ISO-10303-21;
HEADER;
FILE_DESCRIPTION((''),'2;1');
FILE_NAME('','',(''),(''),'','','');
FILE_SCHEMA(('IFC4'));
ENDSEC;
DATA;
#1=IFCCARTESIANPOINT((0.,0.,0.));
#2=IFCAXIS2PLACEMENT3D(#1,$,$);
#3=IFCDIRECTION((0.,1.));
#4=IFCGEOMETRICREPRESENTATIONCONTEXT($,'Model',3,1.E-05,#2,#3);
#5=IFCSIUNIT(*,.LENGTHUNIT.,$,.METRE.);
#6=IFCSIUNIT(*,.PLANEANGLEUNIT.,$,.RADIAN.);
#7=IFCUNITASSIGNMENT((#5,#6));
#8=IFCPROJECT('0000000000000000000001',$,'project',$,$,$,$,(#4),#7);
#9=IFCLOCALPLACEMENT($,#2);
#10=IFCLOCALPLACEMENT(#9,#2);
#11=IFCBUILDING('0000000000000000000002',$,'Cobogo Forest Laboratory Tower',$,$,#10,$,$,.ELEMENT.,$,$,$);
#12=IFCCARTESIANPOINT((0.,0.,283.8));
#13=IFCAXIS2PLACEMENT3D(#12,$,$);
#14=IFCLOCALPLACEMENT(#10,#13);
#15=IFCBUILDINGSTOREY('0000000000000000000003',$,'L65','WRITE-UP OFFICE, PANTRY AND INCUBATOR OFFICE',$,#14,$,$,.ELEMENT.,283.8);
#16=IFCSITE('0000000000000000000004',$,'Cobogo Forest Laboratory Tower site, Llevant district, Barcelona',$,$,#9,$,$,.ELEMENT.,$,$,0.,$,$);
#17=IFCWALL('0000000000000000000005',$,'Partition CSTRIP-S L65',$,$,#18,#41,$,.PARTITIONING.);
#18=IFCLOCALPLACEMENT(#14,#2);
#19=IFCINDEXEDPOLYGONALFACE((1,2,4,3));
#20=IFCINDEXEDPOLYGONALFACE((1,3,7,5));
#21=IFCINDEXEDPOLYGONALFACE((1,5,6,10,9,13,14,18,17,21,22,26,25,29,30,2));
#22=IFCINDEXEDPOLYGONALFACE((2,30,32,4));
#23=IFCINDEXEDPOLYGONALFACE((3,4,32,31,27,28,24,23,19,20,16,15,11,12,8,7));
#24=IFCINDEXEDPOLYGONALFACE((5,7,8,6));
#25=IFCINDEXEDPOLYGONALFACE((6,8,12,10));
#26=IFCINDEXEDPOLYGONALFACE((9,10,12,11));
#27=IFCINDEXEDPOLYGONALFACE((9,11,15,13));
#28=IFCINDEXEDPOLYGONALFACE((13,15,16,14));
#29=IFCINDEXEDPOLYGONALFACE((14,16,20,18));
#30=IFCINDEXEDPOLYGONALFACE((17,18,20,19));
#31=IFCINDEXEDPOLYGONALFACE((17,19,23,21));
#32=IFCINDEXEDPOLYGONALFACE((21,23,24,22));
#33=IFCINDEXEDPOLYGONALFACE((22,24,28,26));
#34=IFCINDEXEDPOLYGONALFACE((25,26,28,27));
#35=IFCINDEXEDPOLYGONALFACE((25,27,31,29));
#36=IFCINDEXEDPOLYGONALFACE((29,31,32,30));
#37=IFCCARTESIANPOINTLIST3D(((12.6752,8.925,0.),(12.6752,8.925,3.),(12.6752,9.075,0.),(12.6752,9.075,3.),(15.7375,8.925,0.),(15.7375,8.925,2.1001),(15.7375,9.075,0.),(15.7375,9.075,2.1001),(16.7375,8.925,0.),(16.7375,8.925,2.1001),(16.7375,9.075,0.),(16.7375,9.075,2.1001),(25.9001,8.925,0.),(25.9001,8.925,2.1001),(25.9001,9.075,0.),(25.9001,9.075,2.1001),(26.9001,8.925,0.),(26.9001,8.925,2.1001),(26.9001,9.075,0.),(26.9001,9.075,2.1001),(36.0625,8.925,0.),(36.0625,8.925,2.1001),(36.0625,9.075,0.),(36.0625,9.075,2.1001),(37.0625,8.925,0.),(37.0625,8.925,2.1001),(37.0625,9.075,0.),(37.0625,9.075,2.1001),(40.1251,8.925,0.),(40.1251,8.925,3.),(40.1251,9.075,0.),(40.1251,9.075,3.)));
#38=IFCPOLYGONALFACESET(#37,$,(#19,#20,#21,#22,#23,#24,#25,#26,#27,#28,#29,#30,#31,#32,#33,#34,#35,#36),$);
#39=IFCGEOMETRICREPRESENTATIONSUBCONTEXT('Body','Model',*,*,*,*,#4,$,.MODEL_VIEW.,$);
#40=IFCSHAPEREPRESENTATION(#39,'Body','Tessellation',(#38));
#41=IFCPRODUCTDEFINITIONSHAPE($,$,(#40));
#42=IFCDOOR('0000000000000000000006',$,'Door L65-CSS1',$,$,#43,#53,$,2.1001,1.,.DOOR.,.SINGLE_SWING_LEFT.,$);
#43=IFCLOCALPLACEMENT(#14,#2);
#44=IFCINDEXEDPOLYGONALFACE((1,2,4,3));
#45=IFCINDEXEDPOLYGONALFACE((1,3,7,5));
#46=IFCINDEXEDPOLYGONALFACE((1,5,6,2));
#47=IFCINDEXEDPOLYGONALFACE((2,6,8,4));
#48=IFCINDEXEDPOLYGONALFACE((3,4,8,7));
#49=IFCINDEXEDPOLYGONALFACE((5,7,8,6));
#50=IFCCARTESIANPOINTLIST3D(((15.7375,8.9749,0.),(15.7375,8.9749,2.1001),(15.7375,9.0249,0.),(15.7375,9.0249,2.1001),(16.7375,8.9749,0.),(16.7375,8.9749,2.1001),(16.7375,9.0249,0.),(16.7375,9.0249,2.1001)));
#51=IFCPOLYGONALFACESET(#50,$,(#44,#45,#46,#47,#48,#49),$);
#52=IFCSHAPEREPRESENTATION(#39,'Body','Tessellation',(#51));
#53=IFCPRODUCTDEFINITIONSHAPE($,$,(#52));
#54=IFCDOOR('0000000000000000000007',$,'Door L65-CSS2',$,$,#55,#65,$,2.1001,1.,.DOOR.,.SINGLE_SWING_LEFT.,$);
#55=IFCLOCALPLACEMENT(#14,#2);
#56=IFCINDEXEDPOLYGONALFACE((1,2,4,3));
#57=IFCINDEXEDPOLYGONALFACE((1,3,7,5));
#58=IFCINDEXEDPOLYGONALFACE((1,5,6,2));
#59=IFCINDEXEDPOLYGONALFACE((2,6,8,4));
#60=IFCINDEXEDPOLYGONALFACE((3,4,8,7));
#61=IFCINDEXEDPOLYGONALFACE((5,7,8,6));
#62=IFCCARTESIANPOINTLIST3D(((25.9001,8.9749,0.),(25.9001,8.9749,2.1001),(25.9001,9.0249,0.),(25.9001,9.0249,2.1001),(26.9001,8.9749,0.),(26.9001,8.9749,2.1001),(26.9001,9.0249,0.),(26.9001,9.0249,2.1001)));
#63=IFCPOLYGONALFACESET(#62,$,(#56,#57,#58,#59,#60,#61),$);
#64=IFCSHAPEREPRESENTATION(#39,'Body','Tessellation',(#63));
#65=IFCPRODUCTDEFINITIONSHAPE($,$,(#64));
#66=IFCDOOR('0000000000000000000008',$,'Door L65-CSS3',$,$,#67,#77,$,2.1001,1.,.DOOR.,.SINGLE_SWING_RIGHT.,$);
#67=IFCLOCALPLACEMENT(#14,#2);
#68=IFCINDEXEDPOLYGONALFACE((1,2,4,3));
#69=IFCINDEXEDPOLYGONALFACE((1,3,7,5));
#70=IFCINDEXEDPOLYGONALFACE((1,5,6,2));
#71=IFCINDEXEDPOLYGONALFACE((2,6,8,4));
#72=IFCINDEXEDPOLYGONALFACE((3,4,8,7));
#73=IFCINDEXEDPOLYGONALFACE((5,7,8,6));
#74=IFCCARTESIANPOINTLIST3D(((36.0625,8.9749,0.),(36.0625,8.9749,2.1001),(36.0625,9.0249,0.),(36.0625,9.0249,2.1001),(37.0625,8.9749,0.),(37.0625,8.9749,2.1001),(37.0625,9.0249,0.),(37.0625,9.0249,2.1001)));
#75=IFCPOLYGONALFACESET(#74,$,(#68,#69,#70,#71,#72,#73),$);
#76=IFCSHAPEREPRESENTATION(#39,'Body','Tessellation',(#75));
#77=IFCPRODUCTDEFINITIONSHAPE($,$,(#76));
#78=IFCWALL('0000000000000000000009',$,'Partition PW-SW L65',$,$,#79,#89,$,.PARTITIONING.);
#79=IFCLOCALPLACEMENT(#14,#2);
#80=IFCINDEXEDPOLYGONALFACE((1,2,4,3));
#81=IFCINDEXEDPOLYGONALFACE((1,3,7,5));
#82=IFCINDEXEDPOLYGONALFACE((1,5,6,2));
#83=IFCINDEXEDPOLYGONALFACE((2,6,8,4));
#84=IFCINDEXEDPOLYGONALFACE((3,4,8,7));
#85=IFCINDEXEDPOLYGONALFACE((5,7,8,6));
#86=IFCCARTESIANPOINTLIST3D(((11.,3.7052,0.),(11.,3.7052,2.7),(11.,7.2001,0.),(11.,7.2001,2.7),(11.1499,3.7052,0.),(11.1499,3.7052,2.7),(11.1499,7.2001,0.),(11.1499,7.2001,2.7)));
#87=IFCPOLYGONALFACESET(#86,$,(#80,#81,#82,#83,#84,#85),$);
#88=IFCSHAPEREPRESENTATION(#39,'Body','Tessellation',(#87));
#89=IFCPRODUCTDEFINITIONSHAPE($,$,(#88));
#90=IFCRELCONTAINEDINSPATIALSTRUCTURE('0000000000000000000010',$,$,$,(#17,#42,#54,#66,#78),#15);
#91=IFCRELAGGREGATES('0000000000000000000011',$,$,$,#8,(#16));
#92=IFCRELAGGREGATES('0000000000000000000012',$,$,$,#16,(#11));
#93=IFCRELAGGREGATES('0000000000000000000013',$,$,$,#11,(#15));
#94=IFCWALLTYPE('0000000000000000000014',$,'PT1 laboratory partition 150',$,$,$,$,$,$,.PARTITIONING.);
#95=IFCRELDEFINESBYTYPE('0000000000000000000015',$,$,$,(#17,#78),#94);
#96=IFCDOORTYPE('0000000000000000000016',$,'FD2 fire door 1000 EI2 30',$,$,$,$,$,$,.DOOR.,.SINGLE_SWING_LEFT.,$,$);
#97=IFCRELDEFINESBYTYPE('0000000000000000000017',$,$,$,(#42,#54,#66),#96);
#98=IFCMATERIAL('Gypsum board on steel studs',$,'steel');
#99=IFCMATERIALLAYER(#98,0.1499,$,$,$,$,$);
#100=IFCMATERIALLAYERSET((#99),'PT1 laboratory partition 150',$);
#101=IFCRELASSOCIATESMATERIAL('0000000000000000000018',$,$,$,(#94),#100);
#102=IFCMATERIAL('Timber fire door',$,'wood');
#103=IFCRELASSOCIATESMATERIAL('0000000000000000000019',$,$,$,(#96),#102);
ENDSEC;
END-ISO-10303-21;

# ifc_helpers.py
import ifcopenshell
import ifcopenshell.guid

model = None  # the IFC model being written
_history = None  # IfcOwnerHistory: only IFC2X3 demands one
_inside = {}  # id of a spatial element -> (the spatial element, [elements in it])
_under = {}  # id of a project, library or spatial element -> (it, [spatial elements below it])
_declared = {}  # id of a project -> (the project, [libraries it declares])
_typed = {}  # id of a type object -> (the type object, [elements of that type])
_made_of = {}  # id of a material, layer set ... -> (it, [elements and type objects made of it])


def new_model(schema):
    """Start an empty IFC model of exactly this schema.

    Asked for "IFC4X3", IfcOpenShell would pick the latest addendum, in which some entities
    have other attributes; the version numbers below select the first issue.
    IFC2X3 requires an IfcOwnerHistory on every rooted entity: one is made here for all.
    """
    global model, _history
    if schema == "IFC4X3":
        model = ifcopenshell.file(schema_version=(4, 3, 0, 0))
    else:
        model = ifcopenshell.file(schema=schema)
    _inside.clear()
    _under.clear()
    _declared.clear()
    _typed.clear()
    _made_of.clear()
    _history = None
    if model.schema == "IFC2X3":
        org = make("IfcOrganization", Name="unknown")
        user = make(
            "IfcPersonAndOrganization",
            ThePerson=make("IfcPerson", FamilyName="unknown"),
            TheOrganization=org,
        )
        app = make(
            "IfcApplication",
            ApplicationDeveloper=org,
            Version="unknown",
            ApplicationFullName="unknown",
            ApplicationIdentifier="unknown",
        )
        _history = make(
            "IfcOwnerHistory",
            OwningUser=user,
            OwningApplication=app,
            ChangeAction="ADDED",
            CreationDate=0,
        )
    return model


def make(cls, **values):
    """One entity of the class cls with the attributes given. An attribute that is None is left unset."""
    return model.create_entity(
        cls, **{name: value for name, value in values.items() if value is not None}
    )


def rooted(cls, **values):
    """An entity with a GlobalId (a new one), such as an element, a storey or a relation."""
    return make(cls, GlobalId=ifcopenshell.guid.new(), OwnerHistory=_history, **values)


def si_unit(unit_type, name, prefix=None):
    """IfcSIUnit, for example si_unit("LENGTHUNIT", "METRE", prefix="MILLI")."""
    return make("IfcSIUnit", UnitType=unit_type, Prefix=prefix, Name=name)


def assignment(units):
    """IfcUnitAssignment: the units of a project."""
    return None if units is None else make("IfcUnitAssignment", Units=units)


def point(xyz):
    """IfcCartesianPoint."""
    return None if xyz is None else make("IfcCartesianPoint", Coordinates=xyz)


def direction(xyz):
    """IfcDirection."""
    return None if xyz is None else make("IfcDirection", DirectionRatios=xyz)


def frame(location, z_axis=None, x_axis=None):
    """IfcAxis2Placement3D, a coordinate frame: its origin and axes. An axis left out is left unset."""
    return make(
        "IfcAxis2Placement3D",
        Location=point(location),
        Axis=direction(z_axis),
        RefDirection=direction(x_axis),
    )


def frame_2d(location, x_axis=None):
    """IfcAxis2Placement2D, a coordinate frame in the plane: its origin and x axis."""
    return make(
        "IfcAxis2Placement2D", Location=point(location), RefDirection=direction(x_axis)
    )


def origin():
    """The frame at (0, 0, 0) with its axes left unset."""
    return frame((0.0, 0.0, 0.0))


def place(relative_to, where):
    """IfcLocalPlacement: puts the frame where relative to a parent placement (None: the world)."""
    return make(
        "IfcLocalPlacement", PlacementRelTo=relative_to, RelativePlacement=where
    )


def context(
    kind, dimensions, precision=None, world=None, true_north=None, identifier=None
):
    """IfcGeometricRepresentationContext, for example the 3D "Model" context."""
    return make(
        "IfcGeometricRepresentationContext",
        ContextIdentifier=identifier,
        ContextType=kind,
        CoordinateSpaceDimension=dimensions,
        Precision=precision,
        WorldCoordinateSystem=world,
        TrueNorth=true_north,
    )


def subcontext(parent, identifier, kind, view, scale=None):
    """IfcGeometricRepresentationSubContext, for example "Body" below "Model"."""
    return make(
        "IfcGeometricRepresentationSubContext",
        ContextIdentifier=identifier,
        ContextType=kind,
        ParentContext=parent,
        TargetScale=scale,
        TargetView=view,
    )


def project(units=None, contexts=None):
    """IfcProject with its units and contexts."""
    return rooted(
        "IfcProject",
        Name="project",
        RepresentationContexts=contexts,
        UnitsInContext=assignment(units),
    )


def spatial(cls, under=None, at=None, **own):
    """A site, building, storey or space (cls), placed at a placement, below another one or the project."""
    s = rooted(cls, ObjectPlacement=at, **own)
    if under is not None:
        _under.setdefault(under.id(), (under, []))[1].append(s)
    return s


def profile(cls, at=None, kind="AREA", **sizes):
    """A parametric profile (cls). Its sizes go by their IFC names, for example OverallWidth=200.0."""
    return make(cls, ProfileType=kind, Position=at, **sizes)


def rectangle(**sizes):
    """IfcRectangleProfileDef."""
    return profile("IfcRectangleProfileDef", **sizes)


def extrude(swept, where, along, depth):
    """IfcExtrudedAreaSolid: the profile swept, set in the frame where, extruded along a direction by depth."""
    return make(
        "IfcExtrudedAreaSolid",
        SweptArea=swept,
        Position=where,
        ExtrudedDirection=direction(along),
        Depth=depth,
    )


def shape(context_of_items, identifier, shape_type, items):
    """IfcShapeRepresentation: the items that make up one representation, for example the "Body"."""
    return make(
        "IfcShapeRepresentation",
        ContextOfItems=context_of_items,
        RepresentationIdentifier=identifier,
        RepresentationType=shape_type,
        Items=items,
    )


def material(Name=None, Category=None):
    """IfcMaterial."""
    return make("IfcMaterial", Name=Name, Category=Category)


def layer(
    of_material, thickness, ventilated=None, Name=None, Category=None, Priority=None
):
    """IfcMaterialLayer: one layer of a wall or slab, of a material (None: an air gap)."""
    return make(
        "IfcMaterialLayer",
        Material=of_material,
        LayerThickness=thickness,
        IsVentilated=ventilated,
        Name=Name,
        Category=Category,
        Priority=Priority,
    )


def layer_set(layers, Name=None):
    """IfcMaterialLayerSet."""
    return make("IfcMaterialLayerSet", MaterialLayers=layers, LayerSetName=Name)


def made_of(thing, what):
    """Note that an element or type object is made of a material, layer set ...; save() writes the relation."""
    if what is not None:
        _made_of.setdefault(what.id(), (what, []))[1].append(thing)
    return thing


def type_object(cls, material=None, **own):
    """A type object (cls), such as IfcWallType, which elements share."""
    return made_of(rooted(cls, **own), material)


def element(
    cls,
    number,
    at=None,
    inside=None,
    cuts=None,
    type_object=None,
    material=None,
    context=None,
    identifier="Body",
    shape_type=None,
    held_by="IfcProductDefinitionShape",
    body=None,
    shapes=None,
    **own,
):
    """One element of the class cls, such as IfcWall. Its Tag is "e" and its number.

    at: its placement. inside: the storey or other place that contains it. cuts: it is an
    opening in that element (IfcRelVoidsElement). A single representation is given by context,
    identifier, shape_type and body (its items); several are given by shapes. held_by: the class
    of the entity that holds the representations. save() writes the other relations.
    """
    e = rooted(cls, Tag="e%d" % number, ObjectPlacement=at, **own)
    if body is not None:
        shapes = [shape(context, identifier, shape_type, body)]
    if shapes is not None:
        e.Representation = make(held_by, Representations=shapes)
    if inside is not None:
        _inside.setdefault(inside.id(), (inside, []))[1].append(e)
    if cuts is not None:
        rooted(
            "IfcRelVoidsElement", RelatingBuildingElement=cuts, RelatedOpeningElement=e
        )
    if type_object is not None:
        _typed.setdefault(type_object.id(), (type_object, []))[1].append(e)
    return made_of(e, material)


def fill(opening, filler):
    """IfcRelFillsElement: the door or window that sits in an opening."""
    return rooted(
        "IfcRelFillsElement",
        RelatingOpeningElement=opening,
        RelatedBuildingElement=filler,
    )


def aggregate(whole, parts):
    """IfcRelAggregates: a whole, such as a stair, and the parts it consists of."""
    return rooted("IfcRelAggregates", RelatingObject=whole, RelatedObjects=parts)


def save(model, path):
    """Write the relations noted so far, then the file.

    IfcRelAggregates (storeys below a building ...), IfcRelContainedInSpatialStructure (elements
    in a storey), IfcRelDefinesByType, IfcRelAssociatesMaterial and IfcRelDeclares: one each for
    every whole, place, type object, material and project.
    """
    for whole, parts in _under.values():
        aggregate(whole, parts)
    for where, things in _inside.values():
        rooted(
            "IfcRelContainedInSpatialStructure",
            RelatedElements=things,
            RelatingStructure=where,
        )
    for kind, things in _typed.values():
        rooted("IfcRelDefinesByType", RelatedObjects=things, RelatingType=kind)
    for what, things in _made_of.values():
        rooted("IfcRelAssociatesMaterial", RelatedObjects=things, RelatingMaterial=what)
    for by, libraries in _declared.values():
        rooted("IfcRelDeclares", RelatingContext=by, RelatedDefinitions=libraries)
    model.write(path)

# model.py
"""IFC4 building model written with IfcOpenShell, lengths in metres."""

from ifc_helpers import new_model, si_unit, direction, frame, frame_2d, origin, place, context, subcontext, project, spatial, rectangle, extrude, material, layer, layer_set, type_object, element, fill, save


model = new_model("IFC4")

# Units and contexts
model_context = context("Model", 3, precision=1e-05, world=origin(), true_north=direction((0.0, 1.0)))
body_context = subcontext(model_context, "Body", "Model", "MODEL_VIEW")
ifc_project = project(units=[si_unit("LENGTHUNIT", "METRE"), si_unit("PLANEANGLEUNIT", "RADIAN")], contexts=[model_context])

# Site, building, storey
site_placement = place(None, origin())
site = spatial("IfcSite", under=ifc_project, at=site_placement, Name="Cobogo Forest Laboratory Tower site, Llevant district, Barcelona", CompositionType="ELEMENT", RefElevation=0.0)
building_placement = place(site_placement, origin())
building = spatial("IfcBuilding", under=site, at=building_placement, Name="Cobogo Forest Laboratory Tower", CompositionType="ELEMENT")
storey_placement = place(building_placement, frame((0.0, 0.0, 283.8)))
storey = spatial("IfcBuildingStorey", under=building, at=storey_placement, Name="L65", Description="WRITE-UP OFFICE, PANTRY AND INCUBATOR OFFICE", CompositionType="ELEMENT", Elevation=283.8)

# Wall, openings, doors
ifc_material_1 = material(Name="Gypsum board on steel studs", Category="steel")
ifc_layer_1 = layer(ifc_material_1, 0.1499)
ifc_layer_set_1 = layer_set([ifc_layer_1], Name="PT1 laboratory partition 150")
wall_type_1 = type_object("IfcWallType", Name="PT1 laboratory partition 150", PredefinedType="PARTITIONING", material=ifc_layer_set_1)
wall_1_placement = place(storey_placement, frame((12.675, 9.0, 0.0), z_axis=(0.0, 0.0, 1.0), x_axis=(1.0, 0.0, 0.0)))
wall_1 = element("IfcWall", 1, at=wall_1_placement, inside=storey, type_object=wall_type_1, Name="Partition CSTRIP-S L65", PredefinedType="PARTITIONING", context=body_context, shape_type="SweptSolid", body=[
    extrude(rectangle(XDim=27.45, YDim=0.1499, at=frame_2d((13.7251, 0.0))), origin(), (0.0, 0.0, 1.0), 3.0),
])
opening_1_placement = place(wall_1_placement, frame((3.0625, 0.0, 0.0)))
opening_1 = element("IfcOpeningElement", 2, at=opening_1_placement, cuts=wall_1, PredefinedType="OPENING", context=body_context, shape_type="SweptSolid", body=[
    extrude(rectangle(XDim=1.0, YDim=2.1001, at=frame_2d((0.5, 1.05))), frame((0.0, 0.085, 0.0), z_axis=(0.0, -1.0, 0.0), x_axis=(1.0, 0.0, 0.0)), (0.0, 0.0, 1.0), 0.1699),
])
opening_2_placement = place(wall_1_placement, frame((13.2251, 0.0, 0.0)))
opening_2 = element("IfcOpeningElement", 3, at=opening_2_placement, cuts=wall_1, PredefinedType="OPENING", context=body_context, shape_type="SweptSolid", body=[
    extrude(rectangle(XDim=1.0, YDim=2.1001, at=frame_2d((0.5, 1.05))), frame((0.0, 0.085, 0.0), z_axis=(0.0, -1.0, 0.0), x_axis=(1.0, 0.0, 0.0)), (0.0, 0.0, 1.0), 0.1699),
])
opening_3_placement = place(wall_1_placement, frame((23.3875, 0.0, 0.0)))
opening_3 = element("IfcOpeningElement", 4, at=opening_3_placement, cuts=wall_1, PredefinedType="OPENING", context=body_context, shape_type="SweptSolid", body=[
    extrude(rectangle(XDim=1.0, YDim=2.1001, at=frame_2d((0.5, 1.05))), frame((0.0, 0.085, 0.0), z_axis=(0.0, -1.0, 0.0), x_axis=(1.0, 0.0, 0.0)), (0.0, 0.0, 1.0), 0.1699),
])
ifc_material_2 = material(Name="Timber fire door", Category="wood")
door_type_1 = type_object("IfcDoorType", Name="FD2 fire door 1000 EI2 30", OperationType="SINGLE_SWING_LEFT", PredefinedType="DOOR", material=ifc_material_2)
door_1_placement = place(opening_1_placement, origin())
door_1 = element("IfcDoor", 5, at=door_1_placement, inside=storey, type_object=door_type_1, Name="Door L65-CSS1", OperationType="SINGLE_SWING_LEFT", OverallHeight=2.1001, OverallWidth=1.0, PredefinedType="DOOR", context=body_context, shape_type="SweptSolid", body=[
    extrude(rectangle(XDim=1.0, YDim=2.1001, at=frame_2d((0.5, 1.05))), frame((0.0, 0.0249, 0.0), z_axis=(0.0, -1.0, 0.0), x_axis=(1.0, 0.0, 0.0)), (0.0, 0.0, 1.0), 0.05),
])
fill(opening_1, door_1)
door_2_placement = place(opening_2_placement, origin())
door_2 = element("IfcDoor", 6, at=door_2_placement, inside=storey, type_object=door_type_1, Name="Door L65-CSS2", OperationType="SINGLE_SWING_LEFT", OverallHeight=2.1001, OverallWidth=1.0, PredefinedType="DOOR", context=body_context, shape_type="SweptSolid", body=[
    extrude(rectangle(XDim=1.0, YDim=2.1001, at=frame_2d((0.5, 1.05))), frame((0.0, 0.0249, 0.0), z_axis=(0.0, -1.0, 0.0), x_axis=(1.0, 0.0, 0.0)), (0.0, 0.0, 1.0), 0.05),
])
fill(opening_2, door_2)
door_3_placement = place(opening_3_placement, origin())
door_3 = element("IfcDoor", 7, at=door_3_placement, inside=storey, type_object=door_type_1, Name="Door L65-CSS3", OperationType="SINGLE_SWING_RIGHT", OverallHeight=2.1001, OverallWidth=1.0, PredefinedType="DOOR", context=body_context, shape_type="SweptSolid", body=[
    extrude(rectangle(XDim=1.0, YDim=2.1001, at=frame_2d((0.5, 1.05))), frame((0.0, 0.0249, 0.0), z_axis=(0.0, -1.0, 0.0), x_axis=(1.0, 0.0, 0.0)), (0.0, 0.0, 1.0), 0.05),
])
fill(opening_3, door_3)

# Wall
wall_2_placement = place(storey_placement, frame((11.075, 3.7051, 0.0), z_axis=(0.0, 0.0, 1.0), x_axis=(0.0, 1.0, 0.0)))
element("IfcWall", 8, at=wall_2_placement, inside=storey, type_object=wall_type_1, Name="Partition PW-SW L65", PredefinedType="PARTITIONING", context=body_context, shape_type="SweptSolid", body=[
    extrude(rectangle(XDim=3.4949, YDim=0.1499, at=frame_2d((1.7476, 0.0))), origin(), (0.0, 0.0, 1.0), 2.7),
])

save(model, "model.ifc")
